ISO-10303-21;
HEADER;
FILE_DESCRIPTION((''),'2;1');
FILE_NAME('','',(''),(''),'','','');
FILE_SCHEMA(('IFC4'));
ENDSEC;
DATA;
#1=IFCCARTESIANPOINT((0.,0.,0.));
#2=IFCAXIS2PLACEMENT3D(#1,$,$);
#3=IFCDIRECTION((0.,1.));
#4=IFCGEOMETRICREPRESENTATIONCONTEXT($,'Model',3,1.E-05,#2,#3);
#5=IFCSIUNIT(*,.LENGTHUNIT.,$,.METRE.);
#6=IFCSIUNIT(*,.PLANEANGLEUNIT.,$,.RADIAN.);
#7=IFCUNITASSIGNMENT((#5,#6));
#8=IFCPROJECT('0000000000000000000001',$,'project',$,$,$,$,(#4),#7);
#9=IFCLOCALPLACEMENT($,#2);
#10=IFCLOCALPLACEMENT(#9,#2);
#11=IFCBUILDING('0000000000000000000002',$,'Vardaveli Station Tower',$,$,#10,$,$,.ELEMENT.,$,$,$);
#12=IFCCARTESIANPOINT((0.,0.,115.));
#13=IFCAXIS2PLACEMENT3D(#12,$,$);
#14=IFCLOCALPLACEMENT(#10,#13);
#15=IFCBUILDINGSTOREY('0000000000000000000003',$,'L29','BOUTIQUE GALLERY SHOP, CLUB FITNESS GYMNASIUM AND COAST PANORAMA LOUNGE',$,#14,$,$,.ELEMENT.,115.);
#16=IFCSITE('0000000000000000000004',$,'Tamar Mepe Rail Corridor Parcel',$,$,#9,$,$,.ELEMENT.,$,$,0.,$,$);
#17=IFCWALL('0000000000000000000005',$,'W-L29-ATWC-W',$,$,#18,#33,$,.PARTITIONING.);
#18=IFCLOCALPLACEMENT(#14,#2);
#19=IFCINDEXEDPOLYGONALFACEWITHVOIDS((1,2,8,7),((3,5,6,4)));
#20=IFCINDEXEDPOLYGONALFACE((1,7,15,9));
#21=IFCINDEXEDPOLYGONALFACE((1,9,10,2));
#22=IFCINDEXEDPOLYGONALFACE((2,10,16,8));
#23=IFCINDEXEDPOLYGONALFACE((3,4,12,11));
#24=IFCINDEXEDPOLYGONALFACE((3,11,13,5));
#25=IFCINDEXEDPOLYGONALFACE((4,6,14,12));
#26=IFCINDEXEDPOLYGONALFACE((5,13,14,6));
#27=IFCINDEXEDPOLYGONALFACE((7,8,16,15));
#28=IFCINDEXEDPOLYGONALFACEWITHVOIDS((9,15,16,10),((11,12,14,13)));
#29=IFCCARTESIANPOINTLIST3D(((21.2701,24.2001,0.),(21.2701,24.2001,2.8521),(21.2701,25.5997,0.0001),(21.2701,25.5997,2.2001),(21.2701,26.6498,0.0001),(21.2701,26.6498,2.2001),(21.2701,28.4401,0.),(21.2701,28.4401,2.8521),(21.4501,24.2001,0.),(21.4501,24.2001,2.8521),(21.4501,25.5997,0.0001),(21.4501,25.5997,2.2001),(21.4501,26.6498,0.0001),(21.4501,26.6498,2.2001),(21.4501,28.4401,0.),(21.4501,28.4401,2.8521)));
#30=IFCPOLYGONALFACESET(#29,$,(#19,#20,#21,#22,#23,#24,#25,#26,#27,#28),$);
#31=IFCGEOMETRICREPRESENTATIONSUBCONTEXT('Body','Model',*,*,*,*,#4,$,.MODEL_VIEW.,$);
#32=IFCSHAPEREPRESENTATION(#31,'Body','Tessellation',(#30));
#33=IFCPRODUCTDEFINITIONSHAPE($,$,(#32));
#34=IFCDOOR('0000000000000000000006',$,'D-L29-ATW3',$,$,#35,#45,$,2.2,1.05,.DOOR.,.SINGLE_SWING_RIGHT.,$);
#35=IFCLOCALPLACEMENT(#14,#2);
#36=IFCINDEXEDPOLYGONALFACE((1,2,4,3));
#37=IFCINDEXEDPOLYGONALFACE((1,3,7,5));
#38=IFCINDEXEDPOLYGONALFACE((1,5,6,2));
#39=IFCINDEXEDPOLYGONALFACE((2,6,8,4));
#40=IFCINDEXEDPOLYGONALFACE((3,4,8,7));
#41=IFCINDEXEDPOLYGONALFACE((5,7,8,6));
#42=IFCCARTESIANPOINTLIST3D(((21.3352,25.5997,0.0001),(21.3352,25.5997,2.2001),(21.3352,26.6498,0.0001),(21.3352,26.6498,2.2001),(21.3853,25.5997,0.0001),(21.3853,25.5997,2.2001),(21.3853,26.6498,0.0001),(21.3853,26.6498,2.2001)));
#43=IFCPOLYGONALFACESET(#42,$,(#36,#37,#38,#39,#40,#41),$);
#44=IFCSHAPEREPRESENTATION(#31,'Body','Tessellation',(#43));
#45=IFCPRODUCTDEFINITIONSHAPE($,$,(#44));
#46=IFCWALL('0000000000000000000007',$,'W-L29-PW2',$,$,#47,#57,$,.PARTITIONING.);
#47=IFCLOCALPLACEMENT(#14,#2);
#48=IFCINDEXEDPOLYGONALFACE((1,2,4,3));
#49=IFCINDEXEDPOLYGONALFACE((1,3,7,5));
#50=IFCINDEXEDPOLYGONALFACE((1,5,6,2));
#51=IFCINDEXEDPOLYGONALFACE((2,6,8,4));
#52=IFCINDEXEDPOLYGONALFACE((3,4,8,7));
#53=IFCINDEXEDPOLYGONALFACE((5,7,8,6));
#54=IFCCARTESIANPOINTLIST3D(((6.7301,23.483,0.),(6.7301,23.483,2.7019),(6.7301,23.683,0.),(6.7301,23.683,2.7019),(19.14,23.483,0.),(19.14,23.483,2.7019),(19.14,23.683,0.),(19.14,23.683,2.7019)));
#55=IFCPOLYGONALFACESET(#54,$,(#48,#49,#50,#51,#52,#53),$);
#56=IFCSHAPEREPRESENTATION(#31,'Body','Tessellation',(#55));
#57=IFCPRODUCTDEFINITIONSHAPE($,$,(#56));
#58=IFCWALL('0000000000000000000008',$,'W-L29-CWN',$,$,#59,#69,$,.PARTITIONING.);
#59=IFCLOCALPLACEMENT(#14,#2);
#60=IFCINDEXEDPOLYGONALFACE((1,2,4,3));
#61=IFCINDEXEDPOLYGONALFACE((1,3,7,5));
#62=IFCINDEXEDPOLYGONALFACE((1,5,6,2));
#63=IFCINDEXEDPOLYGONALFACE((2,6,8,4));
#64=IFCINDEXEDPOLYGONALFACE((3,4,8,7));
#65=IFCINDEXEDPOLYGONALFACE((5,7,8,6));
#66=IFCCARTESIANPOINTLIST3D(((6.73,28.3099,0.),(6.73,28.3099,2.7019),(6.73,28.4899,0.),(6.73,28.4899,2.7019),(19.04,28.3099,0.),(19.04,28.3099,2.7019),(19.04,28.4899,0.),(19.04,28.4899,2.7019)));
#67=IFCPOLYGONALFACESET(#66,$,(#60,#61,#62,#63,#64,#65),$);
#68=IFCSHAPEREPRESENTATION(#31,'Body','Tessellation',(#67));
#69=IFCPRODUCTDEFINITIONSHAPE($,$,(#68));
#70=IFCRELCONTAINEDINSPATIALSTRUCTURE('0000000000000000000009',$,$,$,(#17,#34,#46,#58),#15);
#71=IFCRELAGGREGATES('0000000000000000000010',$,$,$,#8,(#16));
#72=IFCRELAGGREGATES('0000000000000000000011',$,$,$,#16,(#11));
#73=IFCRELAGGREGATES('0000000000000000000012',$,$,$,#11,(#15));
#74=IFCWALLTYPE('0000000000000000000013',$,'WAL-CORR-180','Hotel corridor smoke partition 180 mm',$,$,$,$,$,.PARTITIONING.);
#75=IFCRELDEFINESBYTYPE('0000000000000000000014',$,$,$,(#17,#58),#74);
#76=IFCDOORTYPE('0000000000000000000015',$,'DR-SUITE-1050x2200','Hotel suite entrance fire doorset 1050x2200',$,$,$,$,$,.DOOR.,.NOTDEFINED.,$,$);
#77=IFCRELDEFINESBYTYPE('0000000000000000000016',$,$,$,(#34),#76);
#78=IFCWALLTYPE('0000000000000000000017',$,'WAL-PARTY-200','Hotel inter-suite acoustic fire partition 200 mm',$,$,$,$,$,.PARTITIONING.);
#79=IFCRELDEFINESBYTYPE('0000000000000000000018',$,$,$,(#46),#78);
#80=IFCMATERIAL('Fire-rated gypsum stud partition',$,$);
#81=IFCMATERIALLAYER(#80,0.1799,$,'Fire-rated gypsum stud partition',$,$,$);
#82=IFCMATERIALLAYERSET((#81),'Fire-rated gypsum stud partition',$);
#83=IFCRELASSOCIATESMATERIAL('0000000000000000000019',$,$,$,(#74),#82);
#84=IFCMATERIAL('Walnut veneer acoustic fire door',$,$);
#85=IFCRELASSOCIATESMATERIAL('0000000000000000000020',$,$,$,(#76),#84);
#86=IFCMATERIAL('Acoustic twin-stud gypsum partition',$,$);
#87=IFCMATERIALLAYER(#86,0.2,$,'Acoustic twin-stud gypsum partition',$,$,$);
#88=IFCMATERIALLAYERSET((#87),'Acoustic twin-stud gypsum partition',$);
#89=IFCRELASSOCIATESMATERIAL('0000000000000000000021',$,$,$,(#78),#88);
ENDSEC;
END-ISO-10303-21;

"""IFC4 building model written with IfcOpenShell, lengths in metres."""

from ifc_helpers import new_model, si_unit, direction, frame, frame_2d, origin, place, context, subcontext, project, spatial, rectangle, extrude, source, transform, mapped, material, layer, layer_set, type_object, element, fill, save


model = new_model("IFC4")

# Units and contexts
model_context = context("Model", 3, precision=1e-05, world=origin(), true_north=direction((0.0, 1.0)))
body_context = subcontext(model_context, "Body", "Model", "MODEL_VIEW")
ifc_project = project(units=[si_unit("LENGTHUNIT", "METRE"), si_unit("PLANEANGLEUNIT", "RADIAN")], contexts=[model_context])

# Site, building, storey
site_placement = place(None, origin())
site = spatial("IfcSite", under=ifc_project, at=site_placement, Name="Tamar Mepe Rail Corridor Parcel", CompositionType="ELEMENT", RefElevation=0.0)
building_placement = place(site_placement, origin())
building = spatial("IfcBuilding", under=site, at=building_placement, Name="Vardaveli Station Tower", CompositionType="ELEMENT")
storey_placement = place(building_placement, frame((0.0, 0.0, 115.0)))
storey = spatial("IfcBuildingStorey", under=building, at=storey_placement, Name="L29", Description="BOUTIQUE GALLERY SHOP, CLUB FITNESS GYMNASIUM AND COAST PANORAMA LOUNGE", CompositionType="ELEMENT", Elevation=115.0)

# Wall, opening, door
ifc_material_1 = material(Name="Fire-rated gypsum stud partition")
ifc_layer_1 = layer(ifc_material_1, 0.1799, Name="Fire-rated gypsum stud partition")
ifc_layer_set_1 = layer_set([ifc_layer_1], Name="Fire-rated gypsum stud partition")
wall_type_1 = type_object("IfcWallType", Name="WAL-CORR-180", Description="Hotel corridor smoke partition 180 mm", PredefinedType="PARTITIONING", material=ifc_layer_set_1)
shared_shape_1 = source(origin(), body_context, "Body", "SweptSolid", [
    extrude(rectangle(XDim=4.24, YDim=0.1799, at=frame_2d((2.1201, 0.0))), origin(), (0.0, 0.0, 1.0), 2.8521),
])
wall_1_placement = place(storey_placement, frame((21.3601, 24.2, 0.0), z_axis=(0.0, 0.0, 1.0), x_axis=(0.0, 1.0, 0.0)))
wall_1 = element("IfcWall", 1, at=wall_1_placement, inside=storey, type_object=wall_type_1, Name="W-L29-ATWC-W", PredefinedType="PARTITIONING", context=body_context, shape_type="MappedRepresentation", body=[
    mapped(shared_shape_1, transform((0.0, 0.0, 0.0), scale=1.0)),
])
shared_shape_2 = source(origin(), body_context, "Body", "SweptSolid", [
    extrude(rectangle(XDim=1.05, YDim=2.2, at=frame_2d((0.5249, 1.1001))), frame((0.0, 0.1001, 0.0), z_axis=(0.0, -1.0, 0.0), x_axis=(1.0, 0.0, 0.0)), (0.0, 0.0, 1.0), 0.2),
])
opening_1_placement = place(wall_1_placement, frame((1.3999, 0.0, 0.0)))
opening_1 = element("IfcOpeningElement", 2, at=opening_1_placement, cuts=wall_1, PredefinedType="OPENING", context=body_context, shape_type="MappedRepresentation", body=[
    mapped(shared_shape_2, transform((0.0, 0.0, 0.0), scale=1.0)),
])
ifc_material_2 = material(Name="Walnut veneer acoustic fire door")
door_type_1 = type_object("IfcDoorType", Name="DR-SUITE-1050x2200", Description="Hotel suite entrance fire doorset 1050x2200", OperationType="NOTDEFINED", PredefinedType="DOOR", material=ifc_material_2)
shared_shape_3 = source(origin(), body_context, "Body", "SweptSolid", [
    extrude(rectangle(XDim=1.05, YDim=2.2, at=frame_2d((0.5249, 1.1001))), frame((0.0, 0.0249, 0.0), z_axis=(0.0, -1.0, 0.0), x_axis=(1.0, 0.0, 0.0)), (0.0, 0.0, 1.0), 0.05),
])
door_1_placement = place(opening_1_placement, origin())
door_1 = element("IfcDoor", 3, at=door_1_placement, inside=storey, type_object=door_type_1, Name="D-L29-ATW3", OperationType="SINGLE_SWING_RIGHT", OverallHeight=2.2, OverallWidth=1.05, PredefinedType="DOOR", context=body_context, shape_type="MappedRepresentation", body=[
    mapped(shared_shape_3, transform((0.0, 0.0, 0.0), scale=1.0)),
])
fill(opening_1, door_1)

# Walls
ifc_material_3 = material(Name="Acoustic twin-stud gypsum partition")
ifc_layer_2 = layer(ifc_material_3, 0.2, Name="Acoustic twin-stud gypsum partition")
ifc_layer_set_2 = layer_set([ifc_layer_2], Name="Acoustic twin-stud gypsum partition")
wall_type_2 = type_object("IfcWallType", Name="WAL-PARTY-200", Description="Hotel inter-suite acoustic fire partition 200 mm", PredefinedType="PARTITIONING", material=ifc_layer_set_2)
shared_shape_4 = source(origin(), body_context, "Body", "SweptSolid", [
    extrude(rectangle(XDim=12.4099, YDim=0.2, at=frame_2d((6.2051, 0.0))), origin(), (0.0, 0.0, 1.0), 2.7019),
])
wall_2_placement = place(storey_placement, frame((6.73, 23.583, 0.0), z_axis=(0.0, 0.0, 1.0), x_axis=(1.0, 0.0, 0.0)))
element("IfcWall", 4, at=wall_2_placement, inside=storey, type_object=wall_type_2, Name="W-L29-PW2", PredefinedType="PARTITIONING", context=body_context, shape_type="MappedRepresentation", body=[
    mapped(shared_shape_4, transform((0.0, 0.0, 0.0), scale=1.0)),
])
shared_shape_5 = source(origin(), body_context, "Body", "SweptSolid", [
    extrude(rectangle(XDim=12.3101, YDim=0.1799, at=frame_2d((6.155, 0.0))), origin(), (0.0, 0.0, 1.0), 2.7019),
])
wall_3_placement = place(storey_placement, frame((6.73, 28.3999, 0.0), z_axis=(0.0, 0.0, 1.0), x_axis=(1.0, 0.0, 0.0)))
element("IfcWall", 5, at=wall_3_placement, inside=storey, type_object=wall_type_1, Name="W-L29-CWN", PredefinedType="PARTITIONING", context=body_context, shape_type="MappedRepresentation", body=[
    mapped(shared_shape_5, transform((0.0, 0.0, 0.0), scale=1.0)),
])

save(model, "model.ifc")
